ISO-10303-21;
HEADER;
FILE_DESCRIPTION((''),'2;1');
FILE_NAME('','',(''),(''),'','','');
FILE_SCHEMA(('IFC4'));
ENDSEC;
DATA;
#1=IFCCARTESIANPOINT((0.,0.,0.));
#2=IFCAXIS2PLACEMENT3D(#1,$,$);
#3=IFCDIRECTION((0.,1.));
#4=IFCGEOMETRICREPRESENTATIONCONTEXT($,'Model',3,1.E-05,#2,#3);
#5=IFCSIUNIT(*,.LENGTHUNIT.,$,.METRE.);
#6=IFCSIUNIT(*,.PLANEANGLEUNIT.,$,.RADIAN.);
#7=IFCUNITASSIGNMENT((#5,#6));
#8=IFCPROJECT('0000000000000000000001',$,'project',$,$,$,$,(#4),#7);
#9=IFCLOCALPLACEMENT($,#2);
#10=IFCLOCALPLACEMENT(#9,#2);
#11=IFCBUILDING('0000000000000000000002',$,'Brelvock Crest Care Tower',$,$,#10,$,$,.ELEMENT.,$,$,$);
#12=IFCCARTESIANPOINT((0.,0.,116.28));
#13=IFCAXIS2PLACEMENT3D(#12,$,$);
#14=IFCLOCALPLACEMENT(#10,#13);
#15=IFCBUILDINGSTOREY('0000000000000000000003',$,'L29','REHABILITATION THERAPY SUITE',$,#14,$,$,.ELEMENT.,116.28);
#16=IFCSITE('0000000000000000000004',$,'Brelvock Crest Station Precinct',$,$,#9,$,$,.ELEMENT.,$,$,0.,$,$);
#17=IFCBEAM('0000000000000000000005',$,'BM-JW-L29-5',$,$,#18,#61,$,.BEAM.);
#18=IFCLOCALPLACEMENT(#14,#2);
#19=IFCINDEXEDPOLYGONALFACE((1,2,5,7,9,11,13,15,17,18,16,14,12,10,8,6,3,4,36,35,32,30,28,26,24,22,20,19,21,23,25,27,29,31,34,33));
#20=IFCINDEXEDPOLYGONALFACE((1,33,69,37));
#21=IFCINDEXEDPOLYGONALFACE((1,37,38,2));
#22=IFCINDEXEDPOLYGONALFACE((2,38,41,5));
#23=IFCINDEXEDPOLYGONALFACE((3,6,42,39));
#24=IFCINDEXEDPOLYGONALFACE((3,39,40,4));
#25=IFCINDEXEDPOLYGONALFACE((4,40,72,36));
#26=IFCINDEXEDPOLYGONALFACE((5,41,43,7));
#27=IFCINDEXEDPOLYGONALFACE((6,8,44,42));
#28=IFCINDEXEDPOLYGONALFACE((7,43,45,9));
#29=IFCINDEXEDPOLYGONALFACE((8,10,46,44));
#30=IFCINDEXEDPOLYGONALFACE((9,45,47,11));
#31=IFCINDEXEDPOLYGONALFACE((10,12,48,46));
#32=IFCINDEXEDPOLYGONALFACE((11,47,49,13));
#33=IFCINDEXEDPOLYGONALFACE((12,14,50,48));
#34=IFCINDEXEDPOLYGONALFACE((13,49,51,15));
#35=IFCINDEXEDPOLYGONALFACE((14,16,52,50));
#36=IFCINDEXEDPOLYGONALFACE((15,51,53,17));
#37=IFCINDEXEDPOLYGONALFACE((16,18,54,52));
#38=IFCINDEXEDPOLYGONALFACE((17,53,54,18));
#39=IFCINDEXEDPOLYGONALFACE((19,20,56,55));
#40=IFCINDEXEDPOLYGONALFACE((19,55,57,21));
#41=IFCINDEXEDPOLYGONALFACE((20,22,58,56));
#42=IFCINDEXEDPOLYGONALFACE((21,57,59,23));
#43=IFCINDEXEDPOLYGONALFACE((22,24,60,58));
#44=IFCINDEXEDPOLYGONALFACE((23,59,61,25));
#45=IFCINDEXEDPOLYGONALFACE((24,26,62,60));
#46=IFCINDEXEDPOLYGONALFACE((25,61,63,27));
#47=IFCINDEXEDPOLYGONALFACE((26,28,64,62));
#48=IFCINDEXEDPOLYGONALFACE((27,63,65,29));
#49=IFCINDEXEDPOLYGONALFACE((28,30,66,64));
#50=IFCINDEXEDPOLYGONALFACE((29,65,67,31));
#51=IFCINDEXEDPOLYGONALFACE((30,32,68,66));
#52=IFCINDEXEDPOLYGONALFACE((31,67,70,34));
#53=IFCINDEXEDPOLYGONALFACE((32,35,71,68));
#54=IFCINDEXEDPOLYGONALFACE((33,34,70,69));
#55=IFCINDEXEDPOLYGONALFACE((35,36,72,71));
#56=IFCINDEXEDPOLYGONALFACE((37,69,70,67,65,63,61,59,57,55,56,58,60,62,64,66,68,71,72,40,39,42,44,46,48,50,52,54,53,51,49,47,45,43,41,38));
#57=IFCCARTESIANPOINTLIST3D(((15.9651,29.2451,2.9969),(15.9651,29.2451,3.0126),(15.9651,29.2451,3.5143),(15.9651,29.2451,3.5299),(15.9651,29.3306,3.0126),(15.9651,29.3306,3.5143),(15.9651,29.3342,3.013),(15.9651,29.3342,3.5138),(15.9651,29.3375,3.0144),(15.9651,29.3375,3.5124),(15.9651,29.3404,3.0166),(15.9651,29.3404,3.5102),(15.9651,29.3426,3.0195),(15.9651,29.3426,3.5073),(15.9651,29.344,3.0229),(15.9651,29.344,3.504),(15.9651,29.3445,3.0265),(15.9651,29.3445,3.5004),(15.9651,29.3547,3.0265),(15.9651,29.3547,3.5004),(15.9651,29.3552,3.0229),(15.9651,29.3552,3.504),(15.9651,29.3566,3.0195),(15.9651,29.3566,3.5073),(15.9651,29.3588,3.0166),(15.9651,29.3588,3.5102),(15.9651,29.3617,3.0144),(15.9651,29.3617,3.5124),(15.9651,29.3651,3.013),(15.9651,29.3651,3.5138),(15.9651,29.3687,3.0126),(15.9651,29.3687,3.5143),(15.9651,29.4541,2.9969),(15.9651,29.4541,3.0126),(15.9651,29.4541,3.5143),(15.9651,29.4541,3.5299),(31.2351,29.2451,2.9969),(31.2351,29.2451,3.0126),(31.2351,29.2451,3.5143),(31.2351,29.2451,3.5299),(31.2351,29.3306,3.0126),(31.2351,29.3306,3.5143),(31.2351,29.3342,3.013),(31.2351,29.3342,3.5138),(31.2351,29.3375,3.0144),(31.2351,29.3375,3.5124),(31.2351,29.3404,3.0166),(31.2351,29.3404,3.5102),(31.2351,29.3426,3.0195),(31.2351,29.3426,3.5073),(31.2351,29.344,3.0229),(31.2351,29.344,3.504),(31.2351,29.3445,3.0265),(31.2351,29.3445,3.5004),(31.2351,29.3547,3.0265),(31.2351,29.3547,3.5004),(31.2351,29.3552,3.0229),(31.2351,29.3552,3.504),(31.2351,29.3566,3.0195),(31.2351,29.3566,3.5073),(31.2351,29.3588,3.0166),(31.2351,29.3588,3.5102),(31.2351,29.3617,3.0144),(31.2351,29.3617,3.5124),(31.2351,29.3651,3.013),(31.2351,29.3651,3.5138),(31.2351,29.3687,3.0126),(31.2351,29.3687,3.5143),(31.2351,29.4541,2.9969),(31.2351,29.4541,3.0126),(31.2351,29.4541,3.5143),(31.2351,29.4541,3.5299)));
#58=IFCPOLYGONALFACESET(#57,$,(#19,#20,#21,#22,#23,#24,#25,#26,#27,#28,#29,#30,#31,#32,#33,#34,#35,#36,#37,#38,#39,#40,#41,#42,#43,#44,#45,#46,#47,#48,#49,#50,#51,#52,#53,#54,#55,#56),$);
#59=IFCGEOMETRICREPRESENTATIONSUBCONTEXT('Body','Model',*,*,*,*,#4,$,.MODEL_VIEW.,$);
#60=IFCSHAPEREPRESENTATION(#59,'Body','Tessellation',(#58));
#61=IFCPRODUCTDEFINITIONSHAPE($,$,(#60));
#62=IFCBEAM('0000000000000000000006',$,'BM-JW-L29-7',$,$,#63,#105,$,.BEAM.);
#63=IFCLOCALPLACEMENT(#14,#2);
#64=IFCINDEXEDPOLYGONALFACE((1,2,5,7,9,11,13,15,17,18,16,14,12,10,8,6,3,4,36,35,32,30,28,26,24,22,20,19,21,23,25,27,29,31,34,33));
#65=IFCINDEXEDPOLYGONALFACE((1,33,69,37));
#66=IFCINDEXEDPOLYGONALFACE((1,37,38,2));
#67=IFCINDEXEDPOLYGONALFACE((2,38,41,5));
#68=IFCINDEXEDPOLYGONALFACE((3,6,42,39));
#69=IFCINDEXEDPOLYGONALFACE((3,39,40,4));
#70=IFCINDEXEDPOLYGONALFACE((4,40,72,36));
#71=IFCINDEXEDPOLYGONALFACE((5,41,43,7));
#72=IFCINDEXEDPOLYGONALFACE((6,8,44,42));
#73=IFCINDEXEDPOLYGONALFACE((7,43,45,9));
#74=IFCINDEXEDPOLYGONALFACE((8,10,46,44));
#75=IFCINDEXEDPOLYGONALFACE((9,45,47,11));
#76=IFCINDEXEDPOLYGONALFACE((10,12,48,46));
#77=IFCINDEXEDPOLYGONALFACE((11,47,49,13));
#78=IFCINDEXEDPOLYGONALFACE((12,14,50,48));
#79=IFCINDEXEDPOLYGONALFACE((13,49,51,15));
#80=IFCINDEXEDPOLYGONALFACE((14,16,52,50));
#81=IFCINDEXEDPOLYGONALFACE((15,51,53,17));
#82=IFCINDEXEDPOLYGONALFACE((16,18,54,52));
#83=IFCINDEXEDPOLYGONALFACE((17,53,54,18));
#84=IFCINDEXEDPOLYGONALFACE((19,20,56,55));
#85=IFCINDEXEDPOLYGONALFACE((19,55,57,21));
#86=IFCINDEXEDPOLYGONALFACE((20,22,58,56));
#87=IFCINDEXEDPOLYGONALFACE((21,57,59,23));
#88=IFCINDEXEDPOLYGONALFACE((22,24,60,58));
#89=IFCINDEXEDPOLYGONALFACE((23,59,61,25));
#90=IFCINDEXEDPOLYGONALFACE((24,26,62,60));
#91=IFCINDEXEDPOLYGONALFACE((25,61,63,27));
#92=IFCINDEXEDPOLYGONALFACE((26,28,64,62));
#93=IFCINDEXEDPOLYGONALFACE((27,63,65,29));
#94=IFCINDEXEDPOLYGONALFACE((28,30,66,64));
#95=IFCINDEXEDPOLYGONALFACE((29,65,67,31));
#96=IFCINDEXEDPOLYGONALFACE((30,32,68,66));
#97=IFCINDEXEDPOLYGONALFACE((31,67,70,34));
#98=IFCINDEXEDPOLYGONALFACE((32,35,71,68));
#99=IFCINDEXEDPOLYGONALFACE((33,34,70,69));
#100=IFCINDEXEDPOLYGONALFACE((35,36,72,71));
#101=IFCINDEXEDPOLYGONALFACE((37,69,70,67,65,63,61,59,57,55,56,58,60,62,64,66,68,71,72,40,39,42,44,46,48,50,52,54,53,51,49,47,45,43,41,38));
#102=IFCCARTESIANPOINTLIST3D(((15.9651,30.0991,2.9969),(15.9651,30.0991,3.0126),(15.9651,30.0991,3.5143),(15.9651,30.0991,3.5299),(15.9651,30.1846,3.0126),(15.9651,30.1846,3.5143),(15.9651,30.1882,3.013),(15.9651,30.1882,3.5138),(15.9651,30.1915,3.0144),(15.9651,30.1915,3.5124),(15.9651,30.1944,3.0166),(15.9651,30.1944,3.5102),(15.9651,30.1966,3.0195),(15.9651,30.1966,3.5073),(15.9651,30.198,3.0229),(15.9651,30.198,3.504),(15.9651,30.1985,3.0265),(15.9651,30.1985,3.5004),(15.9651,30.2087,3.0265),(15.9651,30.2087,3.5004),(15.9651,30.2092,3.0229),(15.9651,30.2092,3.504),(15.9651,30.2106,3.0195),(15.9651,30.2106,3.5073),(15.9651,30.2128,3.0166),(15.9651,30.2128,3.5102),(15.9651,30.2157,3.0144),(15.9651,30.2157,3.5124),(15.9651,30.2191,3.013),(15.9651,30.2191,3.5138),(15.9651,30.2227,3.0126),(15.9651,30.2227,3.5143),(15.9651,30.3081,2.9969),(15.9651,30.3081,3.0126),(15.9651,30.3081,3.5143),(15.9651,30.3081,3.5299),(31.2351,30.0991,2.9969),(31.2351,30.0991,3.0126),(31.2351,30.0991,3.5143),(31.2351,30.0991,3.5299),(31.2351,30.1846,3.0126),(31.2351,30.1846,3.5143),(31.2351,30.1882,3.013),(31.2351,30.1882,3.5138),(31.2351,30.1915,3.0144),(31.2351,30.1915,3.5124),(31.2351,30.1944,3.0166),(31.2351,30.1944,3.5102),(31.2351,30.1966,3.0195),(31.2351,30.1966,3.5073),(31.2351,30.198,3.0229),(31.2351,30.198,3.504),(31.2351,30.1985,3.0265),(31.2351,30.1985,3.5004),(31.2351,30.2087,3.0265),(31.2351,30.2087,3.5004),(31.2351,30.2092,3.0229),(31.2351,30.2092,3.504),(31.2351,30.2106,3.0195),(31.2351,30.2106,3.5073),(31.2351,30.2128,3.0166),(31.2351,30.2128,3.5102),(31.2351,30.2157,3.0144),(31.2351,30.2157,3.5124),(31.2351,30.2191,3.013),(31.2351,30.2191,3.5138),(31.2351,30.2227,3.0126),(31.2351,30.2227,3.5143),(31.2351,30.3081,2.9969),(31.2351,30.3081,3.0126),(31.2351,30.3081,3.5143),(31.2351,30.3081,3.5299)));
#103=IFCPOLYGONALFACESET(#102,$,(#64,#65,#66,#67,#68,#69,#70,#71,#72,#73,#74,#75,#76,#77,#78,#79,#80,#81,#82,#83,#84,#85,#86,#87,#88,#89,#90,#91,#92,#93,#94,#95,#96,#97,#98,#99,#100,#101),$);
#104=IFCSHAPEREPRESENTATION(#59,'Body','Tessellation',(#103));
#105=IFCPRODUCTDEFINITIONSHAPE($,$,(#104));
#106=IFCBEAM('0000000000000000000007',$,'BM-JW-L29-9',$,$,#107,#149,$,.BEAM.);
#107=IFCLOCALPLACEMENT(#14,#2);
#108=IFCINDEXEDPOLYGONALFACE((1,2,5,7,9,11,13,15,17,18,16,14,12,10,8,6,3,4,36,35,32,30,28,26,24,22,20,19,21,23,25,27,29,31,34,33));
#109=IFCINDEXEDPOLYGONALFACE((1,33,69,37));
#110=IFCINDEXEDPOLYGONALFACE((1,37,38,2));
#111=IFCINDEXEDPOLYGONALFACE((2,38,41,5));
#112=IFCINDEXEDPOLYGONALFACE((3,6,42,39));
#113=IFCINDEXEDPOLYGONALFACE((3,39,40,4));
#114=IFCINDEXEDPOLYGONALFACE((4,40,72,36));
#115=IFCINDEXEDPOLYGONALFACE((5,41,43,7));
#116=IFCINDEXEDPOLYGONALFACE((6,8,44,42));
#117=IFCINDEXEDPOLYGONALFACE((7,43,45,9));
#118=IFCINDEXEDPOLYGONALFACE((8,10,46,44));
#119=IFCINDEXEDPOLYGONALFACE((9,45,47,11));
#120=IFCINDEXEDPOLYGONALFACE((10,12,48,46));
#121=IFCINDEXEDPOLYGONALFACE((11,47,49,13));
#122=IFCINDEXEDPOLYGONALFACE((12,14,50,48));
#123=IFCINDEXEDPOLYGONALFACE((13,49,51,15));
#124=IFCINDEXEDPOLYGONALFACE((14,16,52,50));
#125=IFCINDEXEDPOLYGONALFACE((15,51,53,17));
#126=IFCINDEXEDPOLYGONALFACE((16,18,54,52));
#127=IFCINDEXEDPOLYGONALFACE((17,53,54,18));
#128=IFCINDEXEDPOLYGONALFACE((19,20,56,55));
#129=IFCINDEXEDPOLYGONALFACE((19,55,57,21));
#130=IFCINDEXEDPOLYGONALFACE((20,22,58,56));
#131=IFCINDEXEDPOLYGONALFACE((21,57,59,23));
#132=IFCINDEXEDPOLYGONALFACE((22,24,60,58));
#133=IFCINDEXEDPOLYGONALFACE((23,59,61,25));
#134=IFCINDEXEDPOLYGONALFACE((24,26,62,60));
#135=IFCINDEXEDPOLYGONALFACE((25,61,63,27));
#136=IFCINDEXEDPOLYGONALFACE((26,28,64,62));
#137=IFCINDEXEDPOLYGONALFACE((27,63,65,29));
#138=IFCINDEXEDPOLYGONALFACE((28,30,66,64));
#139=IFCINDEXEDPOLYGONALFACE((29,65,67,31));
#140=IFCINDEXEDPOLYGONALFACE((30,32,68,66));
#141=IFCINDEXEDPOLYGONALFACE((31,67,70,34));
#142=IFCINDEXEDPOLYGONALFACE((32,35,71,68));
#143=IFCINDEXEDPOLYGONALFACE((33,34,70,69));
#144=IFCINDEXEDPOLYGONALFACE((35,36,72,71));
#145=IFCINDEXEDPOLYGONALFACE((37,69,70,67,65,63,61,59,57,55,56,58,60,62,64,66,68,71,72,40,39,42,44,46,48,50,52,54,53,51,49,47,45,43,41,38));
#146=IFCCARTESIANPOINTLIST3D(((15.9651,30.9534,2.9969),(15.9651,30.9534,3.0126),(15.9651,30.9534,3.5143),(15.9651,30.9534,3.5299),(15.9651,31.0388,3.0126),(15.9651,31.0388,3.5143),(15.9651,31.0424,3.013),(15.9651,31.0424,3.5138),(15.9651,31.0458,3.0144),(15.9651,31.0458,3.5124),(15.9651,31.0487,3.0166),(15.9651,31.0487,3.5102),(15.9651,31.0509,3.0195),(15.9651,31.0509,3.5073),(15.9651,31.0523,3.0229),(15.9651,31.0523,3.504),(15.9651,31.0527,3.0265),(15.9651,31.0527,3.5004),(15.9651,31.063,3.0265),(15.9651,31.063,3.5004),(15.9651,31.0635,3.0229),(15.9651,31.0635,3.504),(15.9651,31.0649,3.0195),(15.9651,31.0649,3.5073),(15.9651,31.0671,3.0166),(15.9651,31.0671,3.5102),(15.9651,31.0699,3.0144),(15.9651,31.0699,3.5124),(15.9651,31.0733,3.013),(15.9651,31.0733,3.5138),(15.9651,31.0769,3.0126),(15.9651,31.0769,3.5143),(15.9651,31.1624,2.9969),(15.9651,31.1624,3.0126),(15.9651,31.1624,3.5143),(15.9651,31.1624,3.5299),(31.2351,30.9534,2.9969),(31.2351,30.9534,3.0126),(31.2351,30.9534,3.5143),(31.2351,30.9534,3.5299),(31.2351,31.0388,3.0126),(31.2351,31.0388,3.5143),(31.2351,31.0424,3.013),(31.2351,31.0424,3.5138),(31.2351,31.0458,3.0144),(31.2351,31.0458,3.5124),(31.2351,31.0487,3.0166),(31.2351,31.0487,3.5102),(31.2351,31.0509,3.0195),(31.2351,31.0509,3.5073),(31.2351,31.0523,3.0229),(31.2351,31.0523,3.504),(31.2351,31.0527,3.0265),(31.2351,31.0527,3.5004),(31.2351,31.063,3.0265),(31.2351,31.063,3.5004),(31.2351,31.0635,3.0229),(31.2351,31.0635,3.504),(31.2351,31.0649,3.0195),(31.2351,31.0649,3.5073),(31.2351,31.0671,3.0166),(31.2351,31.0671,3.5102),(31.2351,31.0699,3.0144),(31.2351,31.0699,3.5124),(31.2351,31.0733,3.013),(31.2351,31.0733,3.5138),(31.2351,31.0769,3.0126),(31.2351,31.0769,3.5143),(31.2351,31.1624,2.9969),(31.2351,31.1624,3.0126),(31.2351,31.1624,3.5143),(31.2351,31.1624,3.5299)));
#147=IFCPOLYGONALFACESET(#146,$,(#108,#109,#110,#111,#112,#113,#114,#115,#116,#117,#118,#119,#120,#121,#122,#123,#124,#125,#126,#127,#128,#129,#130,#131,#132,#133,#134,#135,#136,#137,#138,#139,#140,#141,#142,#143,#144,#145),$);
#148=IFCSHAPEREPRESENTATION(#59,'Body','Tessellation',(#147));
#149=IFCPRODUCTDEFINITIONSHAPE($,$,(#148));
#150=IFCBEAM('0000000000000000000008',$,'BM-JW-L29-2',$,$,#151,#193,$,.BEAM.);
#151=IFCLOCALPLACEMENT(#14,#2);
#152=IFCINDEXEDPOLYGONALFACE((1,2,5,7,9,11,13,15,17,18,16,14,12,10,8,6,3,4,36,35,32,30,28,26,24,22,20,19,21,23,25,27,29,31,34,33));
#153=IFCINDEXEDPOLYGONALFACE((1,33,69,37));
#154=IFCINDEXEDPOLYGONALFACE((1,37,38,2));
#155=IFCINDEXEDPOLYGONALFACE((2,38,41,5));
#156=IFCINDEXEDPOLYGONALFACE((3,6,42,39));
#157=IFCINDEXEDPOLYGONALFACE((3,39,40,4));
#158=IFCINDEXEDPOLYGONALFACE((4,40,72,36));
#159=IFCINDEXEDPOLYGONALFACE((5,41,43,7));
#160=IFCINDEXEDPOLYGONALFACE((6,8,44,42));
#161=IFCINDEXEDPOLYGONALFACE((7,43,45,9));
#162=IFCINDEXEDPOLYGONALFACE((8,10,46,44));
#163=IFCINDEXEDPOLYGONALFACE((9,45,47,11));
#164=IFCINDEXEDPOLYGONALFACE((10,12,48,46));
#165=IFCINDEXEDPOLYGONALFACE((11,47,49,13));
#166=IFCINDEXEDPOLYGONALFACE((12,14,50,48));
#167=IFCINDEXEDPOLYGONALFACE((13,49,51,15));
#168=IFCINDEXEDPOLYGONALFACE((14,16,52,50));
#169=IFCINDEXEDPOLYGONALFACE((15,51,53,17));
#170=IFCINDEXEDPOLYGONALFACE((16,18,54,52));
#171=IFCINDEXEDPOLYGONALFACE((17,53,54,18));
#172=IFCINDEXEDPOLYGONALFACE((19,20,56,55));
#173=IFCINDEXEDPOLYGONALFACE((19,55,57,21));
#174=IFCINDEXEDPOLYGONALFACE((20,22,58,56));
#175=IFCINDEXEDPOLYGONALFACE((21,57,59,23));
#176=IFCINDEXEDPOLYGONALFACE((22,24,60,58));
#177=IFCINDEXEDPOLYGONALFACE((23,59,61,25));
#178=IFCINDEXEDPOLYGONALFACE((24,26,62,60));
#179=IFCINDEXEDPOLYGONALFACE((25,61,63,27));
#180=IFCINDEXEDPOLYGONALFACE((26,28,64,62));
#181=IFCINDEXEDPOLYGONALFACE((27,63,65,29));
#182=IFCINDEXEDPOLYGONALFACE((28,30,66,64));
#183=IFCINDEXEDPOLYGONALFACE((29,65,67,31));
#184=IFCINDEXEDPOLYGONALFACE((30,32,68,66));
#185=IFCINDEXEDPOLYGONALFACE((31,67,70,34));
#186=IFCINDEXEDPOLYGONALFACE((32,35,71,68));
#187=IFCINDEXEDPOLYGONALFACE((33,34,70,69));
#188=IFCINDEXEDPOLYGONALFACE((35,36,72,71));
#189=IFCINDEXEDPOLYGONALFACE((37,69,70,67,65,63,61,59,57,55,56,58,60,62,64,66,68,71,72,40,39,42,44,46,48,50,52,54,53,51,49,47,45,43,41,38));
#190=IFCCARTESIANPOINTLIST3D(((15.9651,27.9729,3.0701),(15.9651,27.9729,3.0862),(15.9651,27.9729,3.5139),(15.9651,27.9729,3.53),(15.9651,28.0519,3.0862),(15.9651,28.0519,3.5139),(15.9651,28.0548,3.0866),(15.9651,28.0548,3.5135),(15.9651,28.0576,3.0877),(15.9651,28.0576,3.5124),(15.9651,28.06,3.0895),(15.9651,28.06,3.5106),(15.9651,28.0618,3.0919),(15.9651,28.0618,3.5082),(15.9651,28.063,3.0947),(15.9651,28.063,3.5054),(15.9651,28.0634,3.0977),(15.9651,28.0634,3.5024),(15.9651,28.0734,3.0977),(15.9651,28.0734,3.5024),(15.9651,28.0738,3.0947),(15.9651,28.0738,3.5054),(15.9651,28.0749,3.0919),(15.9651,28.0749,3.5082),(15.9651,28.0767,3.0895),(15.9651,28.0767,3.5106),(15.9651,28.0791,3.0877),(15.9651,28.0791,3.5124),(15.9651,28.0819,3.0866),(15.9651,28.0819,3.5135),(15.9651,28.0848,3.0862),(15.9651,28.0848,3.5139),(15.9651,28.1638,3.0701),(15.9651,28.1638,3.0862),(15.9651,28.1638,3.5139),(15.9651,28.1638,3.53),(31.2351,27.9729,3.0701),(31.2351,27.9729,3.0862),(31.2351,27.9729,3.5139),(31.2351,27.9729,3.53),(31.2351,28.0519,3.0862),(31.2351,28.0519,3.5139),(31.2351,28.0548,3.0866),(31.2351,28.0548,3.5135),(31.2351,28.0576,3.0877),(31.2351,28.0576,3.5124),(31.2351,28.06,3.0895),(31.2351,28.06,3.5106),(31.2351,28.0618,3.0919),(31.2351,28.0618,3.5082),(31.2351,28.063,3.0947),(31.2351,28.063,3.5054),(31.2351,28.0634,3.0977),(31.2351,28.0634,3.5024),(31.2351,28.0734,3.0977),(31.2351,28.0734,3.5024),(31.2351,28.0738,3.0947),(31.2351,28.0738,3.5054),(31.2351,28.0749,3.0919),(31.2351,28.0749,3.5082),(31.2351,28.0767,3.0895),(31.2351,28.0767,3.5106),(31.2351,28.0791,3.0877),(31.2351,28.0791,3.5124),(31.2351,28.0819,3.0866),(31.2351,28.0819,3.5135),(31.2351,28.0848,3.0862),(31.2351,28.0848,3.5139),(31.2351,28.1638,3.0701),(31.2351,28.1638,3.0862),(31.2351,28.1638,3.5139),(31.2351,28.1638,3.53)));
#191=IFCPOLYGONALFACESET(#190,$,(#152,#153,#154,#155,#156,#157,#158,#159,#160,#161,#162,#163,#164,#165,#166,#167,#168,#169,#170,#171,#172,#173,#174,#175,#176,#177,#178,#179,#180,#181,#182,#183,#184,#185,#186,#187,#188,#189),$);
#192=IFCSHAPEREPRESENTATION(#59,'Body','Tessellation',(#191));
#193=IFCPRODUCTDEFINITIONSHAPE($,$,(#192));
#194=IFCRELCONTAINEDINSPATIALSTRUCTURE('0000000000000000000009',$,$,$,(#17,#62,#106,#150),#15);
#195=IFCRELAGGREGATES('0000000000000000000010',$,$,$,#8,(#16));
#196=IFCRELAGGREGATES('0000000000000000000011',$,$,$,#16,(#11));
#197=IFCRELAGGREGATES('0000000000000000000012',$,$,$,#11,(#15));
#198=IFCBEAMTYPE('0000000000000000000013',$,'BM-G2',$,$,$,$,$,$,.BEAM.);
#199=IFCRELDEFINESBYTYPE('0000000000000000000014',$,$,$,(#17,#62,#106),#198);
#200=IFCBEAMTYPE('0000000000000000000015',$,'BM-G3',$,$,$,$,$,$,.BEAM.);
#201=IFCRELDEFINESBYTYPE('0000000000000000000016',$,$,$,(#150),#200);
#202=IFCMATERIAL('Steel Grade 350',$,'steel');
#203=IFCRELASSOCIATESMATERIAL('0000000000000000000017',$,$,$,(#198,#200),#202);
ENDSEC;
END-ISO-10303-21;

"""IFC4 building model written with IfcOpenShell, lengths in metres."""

from ifc_helpers import new_model, si_unit, direction, frame, origin, origin_2d, place, context, subcontext, project, spatial, i_section, extrude, source, transform, mapped, material, material_profile, profile_set, type_object, element, save


model = new_model("IFC4")

# Units and contexts
model_context = context("Model", 3, precision=1e-05, world=origin(), true_north=direction((0.0, 1.0)))
body_context = subcontext(model_context, "Body", "Model", "MODEL_VIEW")
ifc_project = project(units=[si_unit("LENGTHUNIT", "METRE"), si_unit("PLANEANGLEUNIT", "RADIAN")], contexts=[model_context])

# Site, building, storey
site_placement = place(None, origin())
site = spatial("IfcSite", under=ifc_project, at=site_placement, Name="Brelvock Crest Station Precinct", CompositionType="ELEMENT", RefElevation=0.0)
building_placement = place(site_placement, origin())
building = spatial("IfcBuilding", under=site, at=building_placement, Name="Brelvock Crest Care Tower", CompositionType="ELEMENT")
storey_placement = place(building_placement, frame((0.0, 0.0, 116.28)))
storey = spatial("IfcBuildingStorey", under=building, at=storey_placement, Name="L29", Description="REHABILITATION THERAPY SUITE", CompositionType="ELEMENT", Elevation=116.28)

# Shared definitions
ifc_material_1 = material(Name="Steel Grade 350", Category="steel")

# Beams
ifc_material_profile_1 = material_profile(ifc_material_1, i_section(OverallWidth=0.209, OverallDepth=0.533, WebThickness=0.0103, FlangeThickness=0.0156, FilletRadius=0.0139, at=origin_2d()), Name="530UB92.4")
ifc_profile_set_1 = profile_set([ifc_material_profile_1], Name="Steel Grade 350")
beam_type_1 = type_object("IfcBeamType", Name="BM-G2", PredefinedType="BEAM", material=ifc_profile_set_1)
shared_shape_1 = source(origin(), body_context, "Body", "SweptSolid", [
    extrude(i_section(OverallWidth=0.209, OverallDepth=0.533, WebThickness=0.0103, FlangeThickness=0.0156, FilletRadius=0.0139, at=origin_2d()), origin(), (0.0, 0.0, 1.0), 15.27),
])
for number, where, z_axis, x_axis, name in (
    (1, (15.9651, 29.3496, 3.2634), (1.0, 0.0, 0.0), (0.0, 1.0, 0.0), "BM-JW-L29-5"),
    (2, (15.9651, 30.2036, 3.2634), (1.0, 0.0, 0.0), (0.0, 1.0, 0.0), "BM-JW-L29-7"),
    (3, (15.9651, 31.0579, 3.2634), (1.0, 0.0, 0.0), (0.0, 1.0, 0.0), "BM-JW-L29-9"),
):
    element("IfcBeam", number, at=place(storey_placement, frame(where, z_axis=z_axis, x_axis=x_axis)), inside=storey, type_object=beam_type_1, Name=name, PredefinedType="BEAM", context=body_context, shape_type="MappedRepresentation", body=[
        mapped(shared_shape_1, transform((0.0, 0.0, 0.0), x_axis=(1.0, 0.0, 0.0), y_axis=(0.0, 1.0, 0.0), z_axis=(0.0, 0.0, 1.0), scale=1.0)),
    ])
ifc_material_profile_2 = material_profile(ifc_material_1, i_section(OverallWidth=0.1909, OverallDepth=0.46, WebThickness=0.01, FlangeThickness=0.0161, FilletRadius=0.0115, at=origin_2d()), Name="460UB82.1")
ifc_profile_set_2 = profile_set([ifc_material_profile_2], Name="Steel Grade 350")
beam_type_2 = type_object("IfcBeamType", Name="BM-G3", PredefinedType="BEAM", material=ifc_profile_set_2)
shared_shape_2 = source(origin(), body_context, "Body", "SweptSolid", [
    extrude(i_section(OverallWidth=0.1909, OverallDepth=0.46, WebThickness=0.01, FlangeThickness=0.0161, FilletRadius=0.0115, at=origin_2d()), origin(), (0.0, 0.0, 1.0), 15.27),
])
for number, where, z_axis, x_axis, name in (
    (4, (15.9651, 28.0684, 3.3), (1.0, 0.0, 0.0), (0.0, 1.0, 0.0), "BM-JW-L29-2"),
):
    element("IfcBeam", number, at=place(storey_placement, frame(where, z_axis=z_axis, x_axis=x_axis)), inside=storey, type_object=beam_type_2, Name=name, PredefinedType="BEAM", context=body_context, shape_type="MappedRepresentation", body=[
        mapped(shared_shape_2, transform((0.0, 0.0, 0.0), x_axis=(1.0, 0.0, 0.0), y_axis=(0.0, 1.0, 0.0), z_axis=(0.0, 0.0, 1.0), scale=1.0)),
    ])

save(model, "model.ifc")
